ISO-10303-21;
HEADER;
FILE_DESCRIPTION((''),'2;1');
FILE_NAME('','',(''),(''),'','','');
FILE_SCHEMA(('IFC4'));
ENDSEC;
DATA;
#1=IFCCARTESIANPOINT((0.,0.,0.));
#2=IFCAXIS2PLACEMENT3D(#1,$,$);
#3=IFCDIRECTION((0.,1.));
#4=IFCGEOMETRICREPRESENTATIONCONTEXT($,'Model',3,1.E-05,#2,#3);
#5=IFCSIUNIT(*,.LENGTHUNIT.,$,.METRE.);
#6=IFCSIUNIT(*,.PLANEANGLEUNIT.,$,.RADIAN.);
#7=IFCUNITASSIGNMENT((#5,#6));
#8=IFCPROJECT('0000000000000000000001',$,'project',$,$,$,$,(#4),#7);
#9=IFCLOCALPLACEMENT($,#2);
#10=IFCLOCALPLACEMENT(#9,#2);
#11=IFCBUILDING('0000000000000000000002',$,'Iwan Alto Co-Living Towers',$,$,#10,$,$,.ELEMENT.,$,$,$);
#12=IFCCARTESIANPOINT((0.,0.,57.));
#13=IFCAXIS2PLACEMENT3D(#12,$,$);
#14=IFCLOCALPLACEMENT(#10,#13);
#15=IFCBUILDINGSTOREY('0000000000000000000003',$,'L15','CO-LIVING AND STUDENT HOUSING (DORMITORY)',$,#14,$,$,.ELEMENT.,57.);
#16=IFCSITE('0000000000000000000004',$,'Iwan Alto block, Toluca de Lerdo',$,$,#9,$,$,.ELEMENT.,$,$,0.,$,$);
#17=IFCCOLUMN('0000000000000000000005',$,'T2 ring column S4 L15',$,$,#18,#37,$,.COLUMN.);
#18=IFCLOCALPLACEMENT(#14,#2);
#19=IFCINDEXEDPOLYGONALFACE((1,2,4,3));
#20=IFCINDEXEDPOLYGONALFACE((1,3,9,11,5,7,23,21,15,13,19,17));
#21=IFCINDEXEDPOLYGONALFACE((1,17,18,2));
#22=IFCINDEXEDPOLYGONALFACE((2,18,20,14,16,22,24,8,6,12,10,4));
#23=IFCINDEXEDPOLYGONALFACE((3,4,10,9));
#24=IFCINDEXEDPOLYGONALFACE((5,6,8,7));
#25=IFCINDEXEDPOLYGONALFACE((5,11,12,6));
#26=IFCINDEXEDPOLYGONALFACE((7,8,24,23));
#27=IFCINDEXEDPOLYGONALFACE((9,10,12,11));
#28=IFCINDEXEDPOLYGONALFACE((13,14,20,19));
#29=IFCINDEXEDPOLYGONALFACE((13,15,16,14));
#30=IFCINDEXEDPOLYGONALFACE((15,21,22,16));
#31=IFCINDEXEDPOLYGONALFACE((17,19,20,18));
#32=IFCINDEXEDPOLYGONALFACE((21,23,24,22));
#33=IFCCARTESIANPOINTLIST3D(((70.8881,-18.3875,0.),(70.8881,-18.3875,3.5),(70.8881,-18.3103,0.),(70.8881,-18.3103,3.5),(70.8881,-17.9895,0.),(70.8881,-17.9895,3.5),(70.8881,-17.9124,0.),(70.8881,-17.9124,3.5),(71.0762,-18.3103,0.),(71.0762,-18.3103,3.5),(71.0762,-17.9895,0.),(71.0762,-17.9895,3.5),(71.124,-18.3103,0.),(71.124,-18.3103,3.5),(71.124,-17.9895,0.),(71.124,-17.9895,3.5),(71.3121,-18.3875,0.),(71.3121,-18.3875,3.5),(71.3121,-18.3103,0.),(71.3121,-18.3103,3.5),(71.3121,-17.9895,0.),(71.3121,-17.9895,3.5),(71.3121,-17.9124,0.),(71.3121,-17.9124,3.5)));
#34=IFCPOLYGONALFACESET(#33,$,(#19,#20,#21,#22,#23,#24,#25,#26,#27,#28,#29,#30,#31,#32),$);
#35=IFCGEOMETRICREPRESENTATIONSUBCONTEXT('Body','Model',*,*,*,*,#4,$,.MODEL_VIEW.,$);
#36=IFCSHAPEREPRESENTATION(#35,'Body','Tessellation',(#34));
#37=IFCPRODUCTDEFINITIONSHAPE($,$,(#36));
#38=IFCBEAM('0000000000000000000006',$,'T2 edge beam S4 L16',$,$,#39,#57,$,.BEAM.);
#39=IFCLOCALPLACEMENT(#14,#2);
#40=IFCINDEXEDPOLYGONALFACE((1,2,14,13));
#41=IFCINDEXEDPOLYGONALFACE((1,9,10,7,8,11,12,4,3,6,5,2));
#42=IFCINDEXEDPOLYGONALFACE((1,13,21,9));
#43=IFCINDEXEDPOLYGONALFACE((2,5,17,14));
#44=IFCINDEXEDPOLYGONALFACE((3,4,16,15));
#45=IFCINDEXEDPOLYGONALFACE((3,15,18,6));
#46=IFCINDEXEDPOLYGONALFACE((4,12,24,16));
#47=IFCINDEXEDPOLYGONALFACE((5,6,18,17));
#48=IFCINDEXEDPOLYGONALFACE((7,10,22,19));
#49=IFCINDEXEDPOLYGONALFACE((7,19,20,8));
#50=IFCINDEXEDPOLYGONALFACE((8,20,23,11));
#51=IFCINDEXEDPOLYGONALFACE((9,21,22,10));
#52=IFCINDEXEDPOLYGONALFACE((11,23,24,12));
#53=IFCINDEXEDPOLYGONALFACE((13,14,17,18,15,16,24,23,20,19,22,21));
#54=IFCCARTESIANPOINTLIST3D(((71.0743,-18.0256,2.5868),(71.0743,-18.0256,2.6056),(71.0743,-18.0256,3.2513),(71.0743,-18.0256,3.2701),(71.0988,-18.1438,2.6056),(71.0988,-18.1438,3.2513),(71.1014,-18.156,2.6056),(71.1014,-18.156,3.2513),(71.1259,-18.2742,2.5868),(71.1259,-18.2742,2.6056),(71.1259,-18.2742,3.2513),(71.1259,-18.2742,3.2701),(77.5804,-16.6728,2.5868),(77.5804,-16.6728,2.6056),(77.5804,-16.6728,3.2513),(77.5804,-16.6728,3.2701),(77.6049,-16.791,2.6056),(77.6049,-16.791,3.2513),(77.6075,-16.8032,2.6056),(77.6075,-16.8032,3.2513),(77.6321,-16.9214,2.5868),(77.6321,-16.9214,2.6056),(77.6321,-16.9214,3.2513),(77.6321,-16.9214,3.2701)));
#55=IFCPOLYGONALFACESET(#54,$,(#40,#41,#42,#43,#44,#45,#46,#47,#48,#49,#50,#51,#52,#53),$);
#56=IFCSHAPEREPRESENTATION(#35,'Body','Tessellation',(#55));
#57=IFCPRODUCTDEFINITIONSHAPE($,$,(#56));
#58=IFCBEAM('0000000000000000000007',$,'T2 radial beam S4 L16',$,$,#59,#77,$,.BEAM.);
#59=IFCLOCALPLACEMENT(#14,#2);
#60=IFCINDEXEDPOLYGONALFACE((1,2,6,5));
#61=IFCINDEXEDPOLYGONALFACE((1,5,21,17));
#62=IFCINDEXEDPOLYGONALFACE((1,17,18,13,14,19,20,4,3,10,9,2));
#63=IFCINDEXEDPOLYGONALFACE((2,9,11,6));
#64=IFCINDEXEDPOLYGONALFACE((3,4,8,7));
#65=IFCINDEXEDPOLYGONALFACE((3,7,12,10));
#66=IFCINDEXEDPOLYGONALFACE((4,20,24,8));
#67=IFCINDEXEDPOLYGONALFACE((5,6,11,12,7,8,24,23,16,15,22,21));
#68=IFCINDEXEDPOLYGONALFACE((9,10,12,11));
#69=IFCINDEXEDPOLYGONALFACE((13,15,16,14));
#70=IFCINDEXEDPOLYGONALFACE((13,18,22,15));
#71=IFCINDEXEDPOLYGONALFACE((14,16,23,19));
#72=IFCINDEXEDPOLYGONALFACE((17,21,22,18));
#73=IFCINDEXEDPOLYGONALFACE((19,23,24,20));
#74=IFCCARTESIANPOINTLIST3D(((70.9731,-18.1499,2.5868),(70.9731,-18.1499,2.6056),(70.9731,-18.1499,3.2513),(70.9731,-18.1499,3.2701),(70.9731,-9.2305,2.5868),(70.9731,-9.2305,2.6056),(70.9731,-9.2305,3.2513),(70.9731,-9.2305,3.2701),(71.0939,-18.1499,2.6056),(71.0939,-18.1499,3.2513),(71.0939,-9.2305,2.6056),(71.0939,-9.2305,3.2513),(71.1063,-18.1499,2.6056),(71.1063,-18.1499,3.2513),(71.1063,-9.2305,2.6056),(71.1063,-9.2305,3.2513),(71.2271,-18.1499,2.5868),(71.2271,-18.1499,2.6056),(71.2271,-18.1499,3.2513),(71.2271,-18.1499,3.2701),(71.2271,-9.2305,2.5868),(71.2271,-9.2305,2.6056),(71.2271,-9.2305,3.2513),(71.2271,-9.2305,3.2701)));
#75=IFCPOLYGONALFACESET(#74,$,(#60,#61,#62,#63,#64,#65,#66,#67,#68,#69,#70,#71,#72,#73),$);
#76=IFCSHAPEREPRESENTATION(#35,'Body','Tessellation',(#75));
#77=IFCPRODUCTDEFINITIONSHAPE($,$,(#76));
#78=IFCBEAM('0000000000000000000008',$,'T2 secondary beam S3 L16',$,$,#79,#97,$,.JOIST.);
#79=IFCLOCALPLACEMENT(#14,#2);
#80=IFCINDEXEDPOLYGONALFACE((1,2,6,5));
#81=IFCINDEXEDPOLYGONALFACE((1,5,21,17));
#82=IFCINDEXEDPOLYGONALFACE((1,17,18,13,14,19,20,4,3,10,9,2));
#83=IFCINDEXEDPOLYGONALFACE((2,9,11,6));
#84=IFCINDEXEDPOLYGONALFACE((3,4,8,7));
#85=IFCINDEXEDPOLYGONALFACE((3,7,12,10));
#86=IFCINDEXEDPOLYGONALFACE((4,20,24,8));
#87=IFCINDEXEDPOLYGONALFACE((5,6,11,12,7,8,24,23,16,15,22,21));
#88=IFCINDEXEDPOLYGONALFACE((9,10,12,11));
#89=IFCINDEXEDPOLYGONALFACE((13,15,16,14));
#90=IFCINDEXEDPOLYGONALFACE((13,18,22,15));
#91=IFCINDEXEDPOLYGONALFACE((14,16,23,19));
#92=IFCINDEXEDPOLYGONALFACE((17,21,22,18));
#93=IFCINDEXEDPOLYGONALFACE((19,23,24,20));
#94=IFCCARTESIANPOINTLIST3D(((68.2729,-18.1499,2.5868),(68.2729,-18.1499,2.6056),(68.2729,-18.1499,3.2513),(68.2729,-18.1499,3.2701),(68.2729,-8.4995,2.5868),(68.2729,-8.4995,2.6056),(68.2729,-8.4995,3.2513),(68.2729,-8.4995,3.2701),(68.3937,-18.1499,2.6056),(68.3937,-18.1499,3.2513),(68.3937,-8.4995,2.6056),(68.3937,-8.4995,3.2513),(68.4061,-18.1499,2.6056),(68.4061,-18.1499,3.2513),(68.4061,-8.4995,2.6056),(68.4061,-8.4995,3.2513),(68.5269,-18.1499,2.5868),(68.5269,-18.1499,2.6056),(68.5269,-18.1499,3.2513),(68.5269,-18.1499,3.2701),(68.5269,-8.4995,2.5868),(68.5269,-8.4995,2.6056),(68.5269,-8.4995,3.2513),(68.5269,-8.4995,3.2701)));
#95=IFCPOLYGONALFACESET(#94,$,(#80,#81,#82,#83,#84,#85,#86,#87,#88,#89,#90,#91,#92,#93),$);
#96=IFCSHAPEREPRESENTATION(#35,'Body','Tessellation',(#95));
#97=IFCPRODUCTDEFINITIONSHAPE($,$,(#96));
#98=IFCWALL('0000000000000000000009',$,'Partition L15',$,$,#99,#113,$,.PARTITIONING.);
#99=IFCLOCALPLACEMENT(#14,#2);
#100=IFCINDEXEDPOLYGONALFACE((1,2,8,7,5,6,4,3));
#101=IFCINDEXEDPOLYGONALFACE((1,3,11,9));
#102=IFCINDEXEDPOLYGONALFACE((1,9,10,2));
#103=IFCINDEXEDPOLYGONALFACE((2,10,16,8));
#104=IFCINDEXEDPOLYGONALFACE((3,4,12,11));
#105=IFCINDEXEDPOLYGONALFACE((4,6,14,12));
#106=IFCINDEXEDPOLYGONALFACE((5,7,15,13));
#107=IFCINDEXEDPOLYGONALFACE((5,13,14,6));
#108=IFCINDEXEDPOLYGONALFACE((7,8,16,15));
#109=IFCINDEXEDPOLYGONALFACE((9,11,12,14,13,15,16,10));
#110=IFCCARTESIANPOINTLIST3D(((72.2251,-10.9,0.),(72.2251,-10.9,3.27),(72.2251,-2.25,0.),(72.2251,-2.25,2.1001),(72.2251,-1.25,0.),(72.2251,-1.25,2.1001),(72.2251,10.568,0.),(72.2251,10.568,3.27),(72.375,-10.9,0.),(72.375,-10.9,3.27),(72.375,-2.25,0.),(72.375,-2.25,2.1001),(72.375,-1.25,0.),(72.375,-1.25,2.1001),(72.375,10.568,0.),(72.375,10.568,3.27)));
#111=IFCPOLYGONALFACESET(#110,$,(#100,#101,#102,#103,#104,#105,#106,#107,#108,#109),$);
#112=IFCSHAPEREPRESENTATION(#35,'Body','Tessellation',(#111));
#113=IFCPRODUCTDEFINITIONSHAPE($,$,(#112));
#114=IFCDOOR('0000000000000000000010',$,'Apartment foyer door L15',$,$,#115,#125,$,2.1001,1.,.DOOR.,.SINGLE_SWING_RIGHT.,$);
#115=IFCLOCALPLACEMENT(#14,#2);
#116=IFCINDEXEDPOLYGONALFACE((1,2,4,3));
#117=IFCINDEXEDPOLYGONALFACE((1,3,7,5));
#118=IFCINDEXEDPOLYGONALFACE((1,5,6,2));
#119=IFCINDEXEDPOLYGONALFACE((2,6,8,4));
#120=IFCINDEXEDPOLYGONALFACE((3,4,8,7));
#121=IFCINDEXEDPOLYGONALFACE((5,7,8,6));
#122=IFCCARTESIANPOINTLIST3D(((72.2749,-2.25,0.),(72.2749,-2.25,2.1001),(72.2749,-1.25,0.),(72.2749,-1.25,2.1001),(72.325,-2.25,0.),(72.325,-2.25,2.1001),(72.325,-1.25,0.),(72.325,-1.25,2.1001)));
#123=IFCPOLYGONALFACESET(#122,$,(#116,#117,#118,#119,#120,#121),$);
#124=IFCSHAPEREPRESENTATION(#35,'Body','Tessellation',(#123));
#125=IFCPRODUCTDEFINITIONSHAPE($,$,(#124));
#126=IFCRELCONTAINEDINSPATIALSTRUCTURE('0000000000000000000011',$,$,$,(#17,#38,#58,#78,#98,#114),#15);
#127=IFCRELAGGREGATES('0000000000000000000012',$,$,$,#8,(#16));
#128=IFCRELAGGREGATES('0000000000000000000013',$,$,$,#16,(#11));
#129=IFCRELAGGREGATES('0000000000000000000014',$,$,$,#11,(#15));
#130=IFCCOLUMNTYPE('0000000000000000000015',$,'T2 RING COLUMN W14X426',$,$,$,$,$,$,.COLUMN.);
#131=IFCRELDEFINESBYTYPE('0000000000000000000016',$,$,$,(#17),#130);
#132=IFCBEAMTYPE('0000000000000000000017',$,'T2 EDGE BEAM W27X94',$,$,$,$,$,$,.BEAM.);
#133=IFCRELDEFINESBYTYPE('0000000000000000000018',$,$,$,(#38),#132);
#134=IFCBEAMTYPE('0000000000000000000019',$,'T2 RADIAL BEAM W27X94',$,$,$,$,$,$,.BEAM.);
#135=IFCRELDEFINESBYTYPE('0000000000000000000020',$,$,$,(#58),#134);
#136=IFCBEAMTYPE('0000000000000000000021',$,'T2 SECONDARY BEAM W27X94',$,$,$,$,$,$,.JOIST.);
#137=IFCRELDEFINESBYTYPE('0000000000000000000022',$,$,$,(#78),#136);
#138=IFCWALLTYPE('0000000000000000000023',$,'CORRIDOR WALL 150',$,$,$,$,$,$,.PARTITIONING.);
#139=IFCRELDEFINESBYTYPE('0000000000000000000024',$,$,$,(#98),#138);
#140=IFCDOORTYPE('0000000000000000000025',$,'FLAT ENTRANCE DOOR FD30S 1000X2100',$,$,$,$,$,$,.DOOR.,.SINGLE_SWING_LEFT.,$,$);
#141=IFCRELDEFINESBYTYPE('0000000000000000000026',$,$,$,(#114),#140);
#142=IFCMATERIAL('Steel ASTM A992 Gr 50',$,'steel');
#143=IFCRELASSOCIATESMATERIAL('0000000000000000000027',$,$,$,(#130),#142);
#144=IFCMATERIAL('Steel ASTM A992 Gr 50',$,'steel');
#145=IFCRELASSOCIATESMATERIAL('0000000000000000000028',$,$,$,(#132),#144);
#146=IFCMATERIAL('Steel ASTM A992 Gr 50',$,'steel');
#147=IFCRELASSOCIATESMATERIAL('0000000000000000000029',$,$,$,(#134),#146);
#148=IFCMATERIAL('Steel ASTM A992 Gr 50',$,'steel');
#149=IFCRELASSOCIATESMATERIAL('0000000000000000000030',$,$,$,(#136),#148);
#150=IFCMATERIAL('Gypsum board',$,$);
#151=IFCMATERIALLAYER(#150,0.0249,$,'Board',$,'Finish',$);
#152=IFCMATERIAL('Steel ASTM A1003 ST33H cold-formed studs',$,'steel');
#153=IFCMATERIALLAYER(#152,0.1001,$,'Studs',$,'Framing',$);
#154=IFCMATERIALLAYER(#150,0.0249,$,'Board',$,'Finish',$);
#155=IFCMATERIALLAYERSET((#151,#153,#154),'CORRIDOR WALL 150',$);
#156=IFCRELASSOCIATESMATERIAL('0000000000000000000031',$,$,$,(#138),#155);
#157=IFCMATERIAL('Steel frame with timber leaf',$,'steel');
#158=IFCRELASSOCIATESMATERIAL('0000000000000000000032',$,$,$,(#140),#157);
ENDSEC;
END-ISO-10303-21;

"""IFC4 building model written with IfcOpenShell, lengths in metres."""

from ifc_helpers import new_model, si_unit, direction, frame, frame_2d, origin, origin_2d, place, context, subcontext, project, spatial, rectangle, i_section, extrude, material, layer, layer_set, material_profile, profile_set, type_object, element, fill, save


model = new_model("IFC4")

# Units and contexts
model_context = context("Model", 3, precision=1e-05, world=origin(), true_north=direction((0.0, 1.0)))
body_context = subcontext(model_context, "Body", "Model", "MODEL_VIEW")
ifc_project = project(units=[si_unit("LENGTHUNIT", "METRE"), si_unit("PLANEANGLEUNIT", "RADIAN")], contexts=[model_context])

# Site, building, storey
site_placement = place(None, origin())
site = spatial("IfcSite", under=ifc_project, at=site_placement, Name="Iwan Alto block, Toluca de Lerdo", CompositionType="ELEMENT", RefElevation=0.0)
building_placement = place(site_placement, origin())
building = spatial("IfcBuilding", under=site, at=building_placement, Name="Iwan Alto Co-Living Towers", CompositionType="ELEMENT")
storey_placement = place(building_placement, frame((0.0, 0.0, 57.0)))
storey = spatial("IfcBuildingStorey", under=building, at=storey_placement, Name="L15", Description="CO-LIVING AND STUDENT HOUSING (DORMITORY)", CompositionType="ELEMENT", Elevation=57.0)

# Column
ifc_material_1 = material(Name="Steel ASTM A992 Gr 50", Category="steel")
ifc_material_profile_1 = material_profile(ifc_material_1, i_section(OverallWidth=0.4241, OverallDepth=0.4751, WebThickness=0.0479, FlangeThickness=0.0771, at=origin_2d()), Name="W14X426")
ifc_profile_set_1 = profile_set([ifc_material_profile_1], Name="Steel ASTM A992 Gr 50")
column_type = type_object("IfcColumnType", Name="T2 RING COLUMN W14X426", PredefinedType="COLUMN", material=ifc_profile_set_1)
column_placement = place(storey_placement, frame((71.1001, -18.1499, 0.0), z_axis=(0.0, 0.0, 1.0), x_axis=(1.0, 0.0, 0.0)))
element("IfcColumn", 1, at=column_placement, inside=storey, type_object=column_type, Name="T2 ring column S4 L15", PredefinedType="COLUMN", context=body_context, shape_type="SweptSolid", body=[
    extrude(i_section(OverallWidth=0.4241, OverallDepth=0.4751, WebThickness=0.0479, FlangeThickness=0.0771, at=origin_2d()), origin(), (0.0, 0.0, 1.0), 3.5),
])

# Beams
ifc_material_2 = material(Name="Steel ASTM A992 Gr 50", Category="steel")
ifc_material_profile_2 = material_profile(ifc_material_2, i_section(OverallWidth=0.2539, OverallDepth=0.6833, WebThickness=0.0125, FlangeThickness=0.0188, at=origin_2d()), Name="W27X94")
ifc_profile_set_2 = profile_set([ifc_material_profile_2], Name="Steel ASTM A992 Gr 50")
beam_type_1 = type_object("IfcBeamType", Name="T2 EDGE BEAM W27X94", PredefinedType="BEAM", material=ifc_profile_set_2)
beam_1_placement = place(storey_placement, frame((71.1001, -18.1499, 2.9285), z_axis=(0.97906, 0.203571, 0.0), x_axis=(-0.203571, 0.97906, 0.0)))
element("IfcBeam", 2, at=beam_1_placement, inside=storey, type_object=beam_type_1, Name="T2 edge beam S4 L16", PredefinedType="BEAM", context=body_context, shape_type="SweptSolid", body=[
    extrude(i_section(OverallWidth=0.2539, OverallDepth=0.6833, WebThickness=0.0125, FlangeThickness=0.0188, at=origin_2d()), origin(), (0.0, 0.0, 1.0), 6.6453),
])
ifc_material_3 = material(Name="Steel ASTM A992 Gr 50", Category="steel")
ifc_material_profile_3 = material_profile(ifc_material_3, i_section(OverallWidth=0.2539, OverallDepth=0.6833, WebThickness=0.0125, FlangeThickness=0.0188, at=origin_2d()), Name="W27X94")
ifc_profile_set_3 = profile_set([ifc_material_profile_3], Name="Steel ASTM A992 Gr 50")
beam_type_2 = type_object("IfcBeamType", Name="T2 RADIAL BEAM W27X94", PredefinedType="BEAM", material=ifc_profile_set_3)
beam_2_placement = place(storey_placement, frame((71.1001, -18.1499, 2.9285), z_axis=(0.0, 1.0, 0.0), x_axis=(-1.0, 0.0, 0.0)))
element("IfcBeam", 3, at=beam_2_placement, inside=storey, type_object=beam_type_2, Name="T2 radial beam S4 L16", PredefinedType="BEAM", context=body_context, shape_type="SweptSolid", body=[
    extrude(i_section(OverallWidth=0.2539, OverallDepth=0.6833, WebThickness=0.0125, FlangeThickness=0.0188, at=origin_2d()), origin(), (0.0, 0.0, 1.0), 8.9194),
])
ifc_material_4 = material(Name="Steel ASTM A992 Gr 50", Category="steel")
ifc_material_profile_4 = material_profile(ifc_material_4, i_section(OverallWidth=0.2539, OverallDepth=0.6833, WebThickness=0.0125, FlangeThickness=0.0188, at=origin_2d()), Name="W27X94")
ifc_profile_set_4 = profile_set([ifc_material_profile_4], Name="Steel ASTM A992 Gr 50")
beam_type_3 = type_object("IfcBeamType", Name="T2 SECONDARY BEAM W27X94", PredefinedType="JOIST", material=ifc_profile_set_4)
beam_3_placement = place(storey_placement, frame((68.3999, -18.1499, 2.9285), z_axis=(0.0, 1.0, 0.0), x_axis=(-1.0, 0.0, 0.0)))
element("IfcBeam", 4, at=beam_3_placement, inside=storey, type_object=beam_type_3, Name="T2 secondary beam S3 L16", PredefinedType="JOIST", context=body_context, shape_type="SweptSolid", body=[
    extrude(i_section(OverallWidth=0.2539, OverallDepth=0.6833, WebThickness=0.0125, FlangeThickness=0.0188, at=origin_2d()), origin(), (0.0, 0.0, 1.0), 9.6504),
])

# Wall, opening, door
ifc_material_5 = material(Name="Gypsum board")
ifc_layer_1 = layer(ifc_material_5, 0.0249, Name="Board", Category="Finish")
ifc_material_6 = material(Name="Steel ASTM A1003 ST33H cold-formed studs", Category="steel")
ifc_layer_2 = layer(ifc_material_6, 0.1001, Name="Studs", Category="Framing")
ifc_layer_3 = layer(ifc_material_5, 0.0249, Name="Board", Category="Finish")
ifc_layer_set_1 = layer_set([ifc_layer_1, ifc_layer_2, ifc_layer_3], Name="CORRIDOR WALL 150")
wall_type_1 = type_object("IfcWallType", Name="CORRIDOR WALL 150", PredefinedType="PARTITIONING", material=ifc_layer_set_1)
wall_1_placement = place(storey_placement, frame((72.3, -10.8999, 0.0), z_axis=(0.0, 0.0, 1.0), x_axis=(0.0, 1.0, 0.0)))
wall_1 = element("IfcWall", 5, at=wall_1_placement, inside=storey, type_object=wall_type_1, Name="Partition L15", PredefinedType="PARTITIONING", context=body_context, shape_type="SweptSolid", body=[
    extrude(rectangle(XDim=21.468, YDim=0.1499, at=frame_2d((10.7339, 0.0))), origin(), (0.0, 0.0, 1.0), 3.27),
])
opening_1_placement = place(wall_1_placement, frame((8.6499, 0.0, 0.0)))
opening_1 = element("IfcOpeningElement", 6, at=opening_1_placement, cuts=wall_1, PredefinedType="OPENING", context=body_context, shape_type="SweptSolid", body=[
    extrude(rectangle(XDim=1.0, YDim=2.1001, at=frame_2d((0.5, 1.05))), frame((0.0, 0.085, 0.0), z_axis=(0.0, -1.0, 0.0), x_axis=(1.0, 0.0, 0.0)), (0.0, 0.0, 1.0), 0.1699),
])
ifc_material_7 = material(Name="Steel frame with timber leaf", Category="steel")
door_type_1 = type_object("IfcDoorType", Name="FLAT ENTRANCE DOOR FD30S 1000X2100", OperationType="SINGLE_SWING_LEFT", PredefinedType="DOOR", material=ifc_material_7)
door_1_placement = place(opening_1_placement, frame((1.0, 0.0, 0.0), z_axis=(0.0, 0.0, 1.0), x_axis=(-1.0, 0.0, 0.0)))
door_1 = element("IfcDoor", 7, at=door_1_placement, inside=storey, type_object=door_type_1, Name="Apartment foyer door L15", OperationType="SINGLE_SWING_RIGHT", OverallHeight=2.1001, OverallWidth=1.0, PredefinedType="DOOR", context=body_context, shape_type="SweptSolid", body=[
    extrude(rectangle(XDim=1.0, YDim=2.1001, at=frame_2d((0.5, 1.05))), frame((0.0, 0.0249, 0.0), z_axis=(0.0, -1.0, 0.0), x_axis=(1.0, 0.0, 0.0)), (0.0, 0.0, 1.0), 0.05),
])
fill(opening_1, door_1)

save(model, "model.ifc")
